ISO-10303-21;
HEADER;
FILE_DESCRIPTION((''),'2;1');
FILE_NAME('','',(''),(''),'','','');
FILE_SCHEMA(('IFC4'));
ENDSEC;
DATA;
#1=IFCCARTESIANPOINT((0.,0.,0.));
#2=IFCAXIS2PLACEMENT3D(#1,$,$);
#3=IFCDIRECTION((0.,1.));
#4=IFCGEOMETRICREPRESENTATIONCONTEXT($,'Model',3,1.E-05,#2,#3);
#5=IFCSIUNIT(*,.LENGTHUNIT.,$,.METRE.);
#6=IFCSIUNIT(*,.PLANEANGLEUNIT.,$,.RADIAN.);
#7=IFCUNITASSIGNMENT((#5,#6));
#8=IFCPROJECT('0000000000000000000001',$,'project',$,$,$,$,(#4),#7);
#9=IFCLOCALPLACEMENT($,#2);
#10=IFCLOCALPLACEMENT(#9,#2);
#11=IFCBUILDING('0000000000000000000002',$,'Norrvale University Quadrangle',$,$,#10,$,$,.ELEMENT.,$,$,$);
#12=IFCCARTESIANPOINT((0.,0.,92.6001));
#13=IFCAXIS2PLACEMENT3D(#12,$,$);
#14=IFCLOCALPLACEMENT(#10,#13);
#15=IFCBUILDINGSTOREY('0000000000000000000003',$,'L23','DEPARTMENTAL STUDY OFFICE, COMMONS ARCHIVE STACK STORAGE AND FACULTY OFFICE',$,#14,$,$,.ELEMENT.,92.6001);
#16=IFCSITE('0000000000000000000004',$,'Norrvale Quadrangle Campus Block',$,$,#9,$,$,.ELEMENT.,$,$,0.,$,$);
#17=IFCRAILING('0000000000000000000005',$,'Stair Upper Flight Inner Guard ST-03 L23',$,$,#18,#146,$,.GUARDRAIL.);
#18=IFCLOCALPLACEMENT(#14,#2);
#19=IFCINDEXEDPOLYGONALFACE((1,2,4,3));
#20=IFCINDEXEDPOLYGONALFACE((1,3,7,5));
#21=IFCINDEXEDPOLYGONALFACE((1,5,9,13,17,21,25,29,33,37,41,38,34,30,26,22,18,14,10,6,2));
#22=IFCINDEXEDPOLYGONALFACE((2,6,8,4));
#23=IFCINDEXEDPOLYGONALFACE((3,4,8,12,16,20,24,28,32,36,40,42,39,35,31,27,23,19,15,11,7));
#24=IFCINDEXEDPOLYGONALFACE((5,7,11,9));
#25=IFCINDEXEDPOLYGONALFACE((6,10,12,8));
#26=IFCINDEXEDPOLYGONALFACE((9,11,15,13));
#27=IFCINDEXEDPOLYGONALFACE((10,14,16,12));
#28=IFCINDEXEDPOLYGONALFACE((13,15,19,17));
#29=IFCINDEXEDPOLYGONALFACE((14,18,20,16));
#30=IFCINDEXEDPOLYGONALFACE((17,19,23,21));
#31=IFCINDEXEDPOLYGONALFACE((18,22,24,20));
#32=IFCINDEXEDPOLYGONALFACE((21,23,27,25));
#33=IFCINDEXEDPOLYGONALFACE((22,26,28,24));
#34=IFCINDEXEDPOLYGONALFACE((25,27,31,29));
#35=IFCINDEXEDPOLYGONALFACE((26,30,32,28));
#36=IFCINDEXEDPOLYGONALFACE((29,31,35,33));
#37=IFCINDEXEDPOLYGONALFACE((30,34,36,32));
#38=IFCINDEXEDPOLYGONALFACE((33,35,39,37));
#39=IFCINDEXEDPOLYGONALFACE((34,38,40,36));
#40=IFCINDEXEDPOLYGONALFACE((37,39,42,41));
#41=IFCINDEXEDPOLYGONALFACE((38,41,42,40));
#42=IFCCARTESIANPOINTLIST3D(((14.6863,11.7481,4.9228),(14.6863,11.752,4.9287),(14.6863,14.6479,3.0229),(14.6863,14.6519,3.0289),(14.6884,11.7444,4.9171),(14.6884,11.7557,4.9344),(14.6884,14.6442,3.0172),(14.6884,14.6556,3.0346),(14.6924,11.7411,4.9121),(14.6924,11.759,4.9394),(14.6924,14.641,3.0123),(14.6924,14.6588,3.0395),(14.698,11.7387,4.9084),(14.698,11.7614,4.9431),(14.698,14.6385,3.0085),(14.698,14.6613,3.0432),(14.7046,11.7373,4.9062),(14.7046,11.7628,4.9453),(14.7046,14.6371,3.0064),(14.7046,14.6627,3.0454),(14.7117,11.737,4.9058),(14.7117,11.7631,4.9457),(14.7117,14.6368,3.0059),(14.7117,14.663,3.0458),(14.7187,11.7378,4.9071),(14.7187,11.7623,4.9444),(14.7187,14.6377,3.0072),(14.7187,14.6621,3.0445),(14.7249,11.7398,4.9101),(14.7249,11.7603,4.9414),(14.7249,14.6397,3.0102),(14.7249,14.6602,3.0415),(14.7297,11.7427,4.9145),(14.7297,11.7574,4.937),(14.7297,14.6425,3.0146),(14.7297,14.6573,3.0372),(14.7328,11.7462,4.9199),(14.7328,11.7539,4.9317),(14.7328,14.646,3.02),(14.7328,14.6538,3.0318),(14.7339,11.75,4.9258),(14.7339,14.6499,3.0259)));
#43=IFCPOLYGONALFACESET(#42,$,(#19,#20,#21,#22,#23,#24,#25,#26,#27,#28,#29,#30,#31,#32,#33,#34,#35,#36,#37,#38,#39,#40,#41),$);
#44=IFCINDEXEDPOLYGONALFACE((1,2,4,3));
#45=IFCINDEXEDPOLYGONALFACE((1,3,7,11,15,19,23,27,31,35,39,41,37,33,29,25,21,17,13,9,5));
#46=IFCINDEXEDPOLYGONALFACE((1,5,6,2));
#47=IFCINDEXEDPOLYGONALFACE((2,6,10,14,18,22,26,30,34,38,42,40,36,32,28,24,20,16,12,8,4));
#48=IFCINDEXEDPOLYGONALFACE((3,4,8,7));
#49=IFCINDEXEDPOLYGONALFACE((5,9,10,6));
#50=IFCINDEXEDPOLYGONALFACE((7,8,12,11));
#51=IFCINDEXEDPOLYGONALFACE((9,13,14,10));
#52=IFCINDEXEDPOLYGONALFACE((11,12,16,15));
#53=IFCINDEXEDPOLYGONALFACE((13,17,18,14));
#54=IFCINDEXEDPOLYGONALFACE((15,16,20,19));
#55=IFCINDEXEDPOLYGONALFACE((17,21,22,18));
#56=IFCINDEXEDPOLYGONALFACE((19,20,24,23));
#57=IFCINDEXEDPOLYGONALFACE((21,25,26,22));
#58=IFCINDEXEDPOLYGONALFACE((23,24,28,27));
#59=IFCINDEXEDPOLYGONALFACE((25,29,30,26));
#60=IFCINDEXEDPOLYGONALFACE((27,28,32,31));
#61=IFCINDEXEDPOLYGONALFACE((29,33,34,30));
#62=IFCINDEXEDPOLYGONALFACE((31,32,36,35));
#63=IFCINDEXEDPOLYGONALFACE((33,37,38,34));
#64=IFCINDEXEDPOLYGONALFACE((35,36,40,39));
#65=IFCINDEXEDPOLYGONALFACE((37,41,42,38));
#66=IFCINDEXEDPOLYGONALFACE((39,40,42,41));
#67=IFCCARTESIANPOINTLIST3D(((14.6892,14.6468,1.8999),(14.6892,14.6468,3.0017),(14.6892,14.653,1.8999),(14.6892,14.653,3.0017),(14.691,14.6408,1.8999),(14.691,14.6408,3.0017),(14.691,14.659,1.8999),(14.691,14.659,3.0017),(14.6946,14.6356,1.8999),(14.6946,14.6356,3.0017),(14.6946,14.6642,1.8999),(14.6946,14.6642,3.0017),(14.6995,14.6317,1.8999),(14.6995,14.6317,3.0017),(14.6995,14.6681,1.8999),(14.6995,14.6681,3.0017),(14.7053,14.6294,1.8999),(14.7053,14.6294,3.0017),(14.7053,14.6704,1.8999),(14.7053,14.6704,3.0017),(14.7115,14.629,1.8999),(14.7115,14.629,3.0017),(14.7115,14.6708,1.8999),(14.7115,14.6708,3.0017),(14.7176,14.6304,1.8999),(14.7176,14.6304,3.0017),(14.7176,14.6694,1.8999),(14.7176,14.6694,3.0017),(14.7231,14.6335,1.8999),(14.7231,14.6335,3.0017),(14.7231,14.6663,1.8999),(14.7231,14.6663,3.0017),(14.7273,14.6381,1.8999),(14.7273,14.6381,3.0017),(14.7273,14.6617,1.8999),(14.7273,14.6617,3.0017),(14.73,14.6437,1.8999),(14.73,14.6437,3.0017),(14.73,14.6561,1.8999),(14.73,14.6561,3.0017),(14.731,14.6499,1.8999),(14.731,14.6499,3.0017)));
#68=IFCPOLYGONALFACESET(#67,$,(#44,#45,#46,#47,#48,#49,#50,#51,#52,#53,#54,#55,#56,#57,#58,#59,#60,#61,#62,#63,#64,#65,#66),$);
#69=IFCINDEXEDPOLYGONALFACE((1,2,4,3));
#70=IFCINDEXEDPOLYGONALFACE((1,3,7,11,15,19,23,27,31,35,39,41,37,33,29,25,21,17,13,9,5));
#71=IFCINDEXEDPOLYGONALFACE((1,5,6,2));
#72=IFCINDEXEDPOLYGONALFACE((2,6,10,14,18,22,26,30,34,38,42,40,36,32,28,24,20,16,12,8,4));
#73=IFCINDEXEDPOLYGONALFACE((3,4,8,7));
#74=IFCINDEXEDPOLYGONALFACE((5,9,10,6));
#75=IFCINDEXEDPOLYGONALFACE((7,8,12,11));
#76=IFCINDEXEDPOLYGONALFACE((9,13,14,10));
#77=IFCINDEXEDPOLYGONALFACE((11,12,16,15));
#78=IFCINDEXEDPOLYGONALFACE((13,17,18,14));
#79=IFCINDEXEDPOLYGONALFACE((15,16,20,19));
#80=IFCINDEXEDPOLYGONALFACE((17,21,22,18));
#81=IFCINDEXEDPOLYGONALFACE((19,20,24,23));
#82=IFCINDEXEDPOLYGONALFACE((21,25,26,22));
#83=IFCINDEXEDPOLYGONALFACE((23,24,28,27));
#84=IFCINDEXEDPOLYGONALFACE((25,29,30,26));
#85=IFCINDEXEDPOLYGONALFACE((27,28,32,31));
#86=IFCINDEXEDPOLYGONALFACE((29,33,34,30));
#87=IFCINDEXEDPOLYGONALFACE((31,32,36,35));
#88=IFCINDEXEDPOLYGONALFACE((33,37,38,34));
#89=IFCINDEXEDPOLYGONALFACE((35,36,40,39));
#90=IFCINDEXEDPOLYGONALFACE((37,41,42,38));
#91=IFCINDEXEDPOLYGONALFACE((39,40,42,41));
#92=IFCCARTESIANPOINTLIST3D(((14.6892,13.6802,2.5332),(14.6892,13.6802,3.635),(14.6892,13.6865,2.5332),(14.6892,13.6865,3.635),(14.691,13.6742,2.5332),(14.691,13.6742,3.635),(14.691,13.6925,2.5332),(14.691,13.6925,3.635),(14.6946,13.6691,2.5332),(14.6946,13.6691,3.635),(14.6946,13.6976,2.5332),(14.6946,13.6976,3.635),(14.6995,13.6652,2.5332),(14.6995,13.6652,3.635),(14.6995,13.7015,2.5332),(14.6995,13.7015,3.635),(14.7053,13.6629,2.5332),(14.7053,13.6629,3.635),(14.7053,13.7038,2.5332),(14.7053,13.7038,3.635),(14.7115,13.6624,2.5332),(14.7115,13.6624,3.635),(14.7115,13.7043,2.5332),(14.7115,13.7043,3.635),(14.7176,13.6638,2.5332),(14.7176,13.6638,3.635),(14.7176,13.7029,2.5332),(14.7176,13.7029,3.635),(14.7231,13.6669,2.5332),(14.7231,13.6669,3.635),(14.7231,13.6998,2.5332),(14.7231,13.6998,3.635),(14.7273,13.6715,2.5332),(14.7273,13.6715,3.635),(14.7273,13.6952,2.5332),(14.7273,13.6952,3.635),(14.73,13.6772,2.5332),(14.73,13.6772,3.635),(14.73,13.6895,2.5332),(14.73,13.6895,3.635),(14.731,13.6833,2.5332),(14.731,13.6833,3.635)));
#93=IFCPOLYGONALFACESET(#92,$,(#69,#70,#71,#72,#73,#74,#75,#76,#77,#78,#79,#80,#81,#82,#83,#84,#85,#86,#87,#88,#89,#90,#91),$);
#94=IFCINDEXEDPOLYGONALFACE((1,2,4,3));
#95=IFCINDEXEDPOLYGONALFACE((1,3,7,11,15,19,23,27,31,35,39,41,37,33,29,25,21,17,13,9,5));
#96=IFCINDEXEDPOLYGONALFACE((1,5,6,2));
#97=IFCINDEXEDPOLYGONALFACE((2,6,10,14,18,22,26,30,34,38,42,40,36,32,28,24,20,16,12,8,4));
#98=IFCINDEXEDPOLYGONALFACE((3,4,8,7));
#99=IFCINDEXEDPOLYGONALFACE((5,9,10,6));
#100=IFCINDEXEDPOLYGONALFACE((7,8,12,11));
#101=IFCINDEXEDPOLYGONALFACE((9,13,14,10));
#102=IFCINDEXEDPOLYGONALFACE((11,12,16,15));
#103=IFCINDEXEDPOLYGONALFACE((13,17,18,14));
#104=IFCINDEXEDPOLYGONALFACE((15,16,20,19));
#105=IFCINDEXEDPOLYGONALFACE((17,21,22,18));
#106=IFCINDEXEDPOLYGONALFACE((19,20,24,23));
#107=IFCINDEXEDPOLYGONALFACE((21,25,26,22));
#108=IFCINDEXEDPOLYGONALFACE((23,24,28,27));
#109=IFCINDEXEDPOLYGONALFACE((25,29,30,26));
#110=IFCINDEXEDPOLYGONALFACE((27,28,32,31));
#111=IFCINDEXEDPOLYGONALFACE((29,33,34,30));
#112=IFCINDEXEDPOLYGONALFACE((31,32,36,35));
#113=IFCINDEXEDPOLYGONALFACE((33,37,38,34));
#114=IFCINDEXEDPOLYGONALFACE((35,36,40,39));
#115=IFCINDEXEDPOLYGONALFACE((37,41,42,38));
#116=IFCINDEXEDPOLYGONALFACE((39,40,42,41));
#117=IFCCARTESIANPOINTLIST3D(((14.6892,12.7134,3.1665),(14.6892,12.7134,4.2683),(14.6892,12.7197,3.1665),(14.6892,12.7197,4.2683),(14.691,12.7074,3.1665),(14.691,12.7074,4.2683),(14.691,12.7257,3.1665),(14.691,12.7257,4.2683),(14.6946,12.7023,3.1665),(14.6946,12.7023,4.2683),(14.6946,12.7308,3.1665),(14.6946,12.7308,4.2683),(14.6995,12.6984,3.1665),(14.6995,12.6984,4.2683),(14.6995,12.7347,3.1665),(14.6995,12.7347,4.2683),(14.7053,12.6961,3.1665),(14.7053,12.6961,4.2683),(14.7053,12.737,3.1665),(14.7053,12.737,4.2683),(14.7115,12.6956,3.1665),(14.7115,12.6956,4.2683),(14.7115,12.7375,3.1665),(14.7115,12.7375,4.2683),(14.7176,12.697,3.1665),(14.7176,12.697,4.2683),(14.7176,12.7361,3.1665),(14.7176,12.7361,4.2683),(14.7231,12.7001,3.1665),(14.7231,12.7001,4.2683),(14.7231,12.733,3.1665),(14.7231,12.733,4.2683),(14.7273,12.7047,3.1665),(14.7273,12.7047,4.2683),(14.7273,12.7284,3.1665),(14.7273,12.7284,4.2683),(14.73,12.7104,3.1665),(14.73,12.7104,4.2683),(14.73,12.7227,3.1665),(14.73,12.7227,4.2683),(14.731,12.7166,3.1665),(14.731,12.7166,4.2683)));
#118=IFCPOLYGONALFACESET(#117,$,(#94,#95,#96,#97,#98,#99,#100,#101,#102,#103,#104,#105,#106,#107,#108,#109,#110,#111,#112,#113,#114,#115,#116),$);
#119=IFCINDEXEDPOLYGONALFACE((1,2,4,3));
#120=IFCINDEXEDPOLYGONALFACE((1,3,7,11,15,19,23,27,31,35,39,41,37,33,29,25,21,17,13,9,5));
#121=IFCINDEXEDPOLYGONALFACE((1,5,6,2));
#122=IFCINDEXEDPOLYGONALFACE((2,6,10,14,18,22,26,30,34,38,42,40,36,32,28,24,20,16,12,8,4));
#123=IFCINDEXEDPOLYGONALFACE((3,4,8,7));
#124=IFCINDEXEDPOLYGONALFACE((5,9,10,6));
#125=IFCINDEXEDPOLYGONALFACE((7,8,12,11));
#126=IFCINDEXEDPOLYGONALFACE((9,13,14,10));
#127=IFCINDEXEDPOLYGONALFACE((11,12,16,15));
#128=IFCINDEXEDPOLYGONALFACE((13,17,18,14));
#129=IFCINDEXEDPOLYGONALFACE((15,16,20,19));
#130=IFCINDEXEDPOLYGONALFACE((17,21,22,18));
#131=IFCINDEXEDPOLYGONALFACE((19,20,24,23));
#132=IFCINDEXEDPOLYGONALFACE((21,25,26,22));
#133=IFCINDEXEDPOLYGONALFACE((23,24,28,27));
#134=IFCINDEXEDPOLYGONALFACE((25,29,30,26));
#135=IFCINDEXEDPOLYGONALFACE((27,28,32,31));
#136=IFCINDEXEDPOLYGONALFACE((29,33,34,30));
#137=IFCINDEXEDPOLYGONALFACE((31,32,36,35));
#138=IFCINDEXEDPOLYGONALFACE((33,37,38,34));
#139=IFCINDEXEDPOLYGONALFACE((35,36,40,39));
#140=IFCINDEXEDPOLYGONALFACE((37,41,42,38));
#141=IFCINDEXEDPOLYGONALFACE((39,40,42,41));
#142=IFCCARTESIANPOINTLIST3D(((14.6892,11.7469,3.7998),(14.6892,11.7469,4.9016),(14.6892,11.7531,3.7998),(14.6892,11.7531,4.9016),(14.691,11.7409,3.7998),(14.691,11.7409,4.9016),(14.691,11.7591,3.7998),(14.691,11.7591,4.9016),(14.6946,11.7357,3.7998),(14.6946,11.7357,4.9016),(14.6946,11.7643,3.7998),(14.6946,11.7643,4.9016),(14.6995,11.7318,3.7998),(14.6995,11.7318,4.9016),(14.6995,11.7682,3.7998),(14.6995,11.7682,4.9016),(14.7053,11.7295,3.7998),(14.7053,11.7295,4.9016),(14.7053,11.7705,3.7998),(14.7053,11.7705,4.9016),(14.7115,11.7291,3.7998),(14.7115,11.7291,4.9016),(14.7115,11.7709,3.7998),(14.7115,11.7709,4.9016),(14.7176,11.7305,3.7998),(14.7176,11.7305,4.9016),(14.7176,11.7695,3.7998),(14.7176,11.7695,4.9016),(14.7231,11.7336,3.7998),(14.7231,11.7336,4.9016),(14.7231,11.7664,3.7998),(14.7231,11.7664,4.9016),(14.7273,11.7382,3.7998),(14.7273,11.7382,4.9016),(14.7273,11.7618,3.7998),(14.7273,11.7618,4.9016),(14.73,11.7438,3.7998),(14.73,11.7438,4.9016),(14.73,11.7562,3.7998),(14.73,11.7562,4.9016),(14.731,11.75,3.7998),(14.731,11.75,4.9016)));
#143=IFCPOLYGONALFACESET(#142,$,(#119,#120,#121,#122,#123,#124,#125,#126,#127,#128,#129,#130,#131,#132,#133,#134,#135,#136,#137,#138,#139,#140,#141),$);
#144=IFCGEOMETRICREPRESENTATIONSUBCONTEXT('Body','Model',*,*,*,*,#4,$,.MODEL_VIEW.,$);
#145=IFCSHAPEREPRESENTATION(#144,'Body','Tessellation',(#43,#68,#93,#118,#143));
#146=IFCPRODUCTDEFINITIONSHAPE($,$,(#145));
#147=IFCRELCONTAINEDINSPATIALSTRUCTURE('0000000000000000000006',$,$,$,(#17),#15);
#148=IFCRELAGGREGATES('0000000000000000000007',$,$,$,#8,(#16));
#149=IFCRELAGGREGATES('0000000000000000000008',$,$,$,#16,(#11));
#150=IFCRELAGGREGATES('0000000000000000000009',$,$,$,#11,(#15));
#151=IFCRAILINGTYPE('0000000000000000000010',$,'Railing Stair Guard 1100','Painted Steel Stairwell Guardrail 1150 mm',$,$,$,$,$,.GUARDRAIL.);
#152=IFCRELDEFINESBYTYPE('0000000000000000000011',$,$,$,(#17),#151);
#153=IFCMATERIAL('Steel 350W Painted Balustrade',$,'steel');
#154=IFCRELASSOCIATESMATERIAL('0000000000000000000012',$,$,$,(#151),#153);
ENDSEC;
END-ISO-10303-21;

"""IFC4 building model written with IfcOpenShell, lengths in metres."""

from ifc_helpers import new_model, si_unit, direction, frame, origin, origin_2d, place, context, subcontext, project, spatial, circle, extrude, material, type_object, element, save


model = new_model("IFC4")

# Units and contexts
model_context = context("Model", 3, precision=1e-05, world=origin(), true_north=direction((0.0, 1.0)))
body_context = subcontext(model_context, "Body", "Model", "MODEL_VIEW")
ifc_project = project(units=[si_unit("LENGTHUNIT", "METRE"), si_unit("PLANEANGLEUNIT", "RADIAN")], contexts=[model_context])

# Site, building, storey
site_placement = place(None, origin())
site = spatial("IfcSite", under=ifc_project, at=site_placement, Name="Norrvale Quadrangle Campus Block", CompositionType="ELEMENT", RefElevation=0.0)
building_placement = place(site_placement, origin())
building = spatial("IfcBuilding", under=site, at=building_placement, Name="Norrvale University Quadrangle", CompositionType="ELEMENT")
storey_placement = place(building_placement, frame((0.0, 0.0, 92.6001)))
storey = spatial("IfcBuildingStorey", under=building, at=storey_placement, Name="L23", Description="DEPARTMENTAL STUDY OFFICE, COMMONS ARCHIVE STACK STORAGE AND FACULTY OFFICE", CompositionType="ELEMENT", Elevation=92.6001)

# Railing
ifc_material_1 = material(Name="Steel 350W Painted Balustrade", Category="steel")
railing_type_1 = type_object("IfcRailingType", Name="Railing Stair Guard 1100", Description="Painted Steel Stairwell Guardrail 1150 mm", PredefinedType="GUARDRAIL", material=ifc_material_1)
railing_1_placement = place(storey_placement, frame((14.71, 14.6499, 1.8999)))
element("IfcRailing", 1, at=railing_1_placement, inside=storey, type_object=railing_type_1, Name="Stair Upper Flight Inner Guard ST-03 L23", PredefinedType="GUARDRAIL", context=body_context, shape_type="SweptSolid", body=[
    extrude(circle(Radius=0.0239, at=origin_2d()), frame((0.0, 0.0, 1.126), z_axis=(0.0, -0.836466, 0.548019), x_axis=(1.0, 0.0, 0.0)), (0.0, 0.0, 1.0), 3.4668),
    extrude(circle(Radius=0.021, at=origin_2d()), origin(), (0.0, 0.0, 1.0), 1.1018),
    extrude(circle(Radius=0.021, at=origin_2d()), frame((0.0, -0.9666, 0.6333)), (0.0, 0.0, 1.0), 1.1018),
    extrude(circle(Radius=0.021, at=origin_2d()), frame((0.0, -1.9333, 1.2666)), (0.0, 0.0, 1.0), 1.1018),
    extrude(circle(Radius=0.021, at=origin_2d()), frame((0.0, -2.8999, 1.8999)), (0.0, 0.0, 1.0), 1.1018),
])

save(model, "model.ifc")
